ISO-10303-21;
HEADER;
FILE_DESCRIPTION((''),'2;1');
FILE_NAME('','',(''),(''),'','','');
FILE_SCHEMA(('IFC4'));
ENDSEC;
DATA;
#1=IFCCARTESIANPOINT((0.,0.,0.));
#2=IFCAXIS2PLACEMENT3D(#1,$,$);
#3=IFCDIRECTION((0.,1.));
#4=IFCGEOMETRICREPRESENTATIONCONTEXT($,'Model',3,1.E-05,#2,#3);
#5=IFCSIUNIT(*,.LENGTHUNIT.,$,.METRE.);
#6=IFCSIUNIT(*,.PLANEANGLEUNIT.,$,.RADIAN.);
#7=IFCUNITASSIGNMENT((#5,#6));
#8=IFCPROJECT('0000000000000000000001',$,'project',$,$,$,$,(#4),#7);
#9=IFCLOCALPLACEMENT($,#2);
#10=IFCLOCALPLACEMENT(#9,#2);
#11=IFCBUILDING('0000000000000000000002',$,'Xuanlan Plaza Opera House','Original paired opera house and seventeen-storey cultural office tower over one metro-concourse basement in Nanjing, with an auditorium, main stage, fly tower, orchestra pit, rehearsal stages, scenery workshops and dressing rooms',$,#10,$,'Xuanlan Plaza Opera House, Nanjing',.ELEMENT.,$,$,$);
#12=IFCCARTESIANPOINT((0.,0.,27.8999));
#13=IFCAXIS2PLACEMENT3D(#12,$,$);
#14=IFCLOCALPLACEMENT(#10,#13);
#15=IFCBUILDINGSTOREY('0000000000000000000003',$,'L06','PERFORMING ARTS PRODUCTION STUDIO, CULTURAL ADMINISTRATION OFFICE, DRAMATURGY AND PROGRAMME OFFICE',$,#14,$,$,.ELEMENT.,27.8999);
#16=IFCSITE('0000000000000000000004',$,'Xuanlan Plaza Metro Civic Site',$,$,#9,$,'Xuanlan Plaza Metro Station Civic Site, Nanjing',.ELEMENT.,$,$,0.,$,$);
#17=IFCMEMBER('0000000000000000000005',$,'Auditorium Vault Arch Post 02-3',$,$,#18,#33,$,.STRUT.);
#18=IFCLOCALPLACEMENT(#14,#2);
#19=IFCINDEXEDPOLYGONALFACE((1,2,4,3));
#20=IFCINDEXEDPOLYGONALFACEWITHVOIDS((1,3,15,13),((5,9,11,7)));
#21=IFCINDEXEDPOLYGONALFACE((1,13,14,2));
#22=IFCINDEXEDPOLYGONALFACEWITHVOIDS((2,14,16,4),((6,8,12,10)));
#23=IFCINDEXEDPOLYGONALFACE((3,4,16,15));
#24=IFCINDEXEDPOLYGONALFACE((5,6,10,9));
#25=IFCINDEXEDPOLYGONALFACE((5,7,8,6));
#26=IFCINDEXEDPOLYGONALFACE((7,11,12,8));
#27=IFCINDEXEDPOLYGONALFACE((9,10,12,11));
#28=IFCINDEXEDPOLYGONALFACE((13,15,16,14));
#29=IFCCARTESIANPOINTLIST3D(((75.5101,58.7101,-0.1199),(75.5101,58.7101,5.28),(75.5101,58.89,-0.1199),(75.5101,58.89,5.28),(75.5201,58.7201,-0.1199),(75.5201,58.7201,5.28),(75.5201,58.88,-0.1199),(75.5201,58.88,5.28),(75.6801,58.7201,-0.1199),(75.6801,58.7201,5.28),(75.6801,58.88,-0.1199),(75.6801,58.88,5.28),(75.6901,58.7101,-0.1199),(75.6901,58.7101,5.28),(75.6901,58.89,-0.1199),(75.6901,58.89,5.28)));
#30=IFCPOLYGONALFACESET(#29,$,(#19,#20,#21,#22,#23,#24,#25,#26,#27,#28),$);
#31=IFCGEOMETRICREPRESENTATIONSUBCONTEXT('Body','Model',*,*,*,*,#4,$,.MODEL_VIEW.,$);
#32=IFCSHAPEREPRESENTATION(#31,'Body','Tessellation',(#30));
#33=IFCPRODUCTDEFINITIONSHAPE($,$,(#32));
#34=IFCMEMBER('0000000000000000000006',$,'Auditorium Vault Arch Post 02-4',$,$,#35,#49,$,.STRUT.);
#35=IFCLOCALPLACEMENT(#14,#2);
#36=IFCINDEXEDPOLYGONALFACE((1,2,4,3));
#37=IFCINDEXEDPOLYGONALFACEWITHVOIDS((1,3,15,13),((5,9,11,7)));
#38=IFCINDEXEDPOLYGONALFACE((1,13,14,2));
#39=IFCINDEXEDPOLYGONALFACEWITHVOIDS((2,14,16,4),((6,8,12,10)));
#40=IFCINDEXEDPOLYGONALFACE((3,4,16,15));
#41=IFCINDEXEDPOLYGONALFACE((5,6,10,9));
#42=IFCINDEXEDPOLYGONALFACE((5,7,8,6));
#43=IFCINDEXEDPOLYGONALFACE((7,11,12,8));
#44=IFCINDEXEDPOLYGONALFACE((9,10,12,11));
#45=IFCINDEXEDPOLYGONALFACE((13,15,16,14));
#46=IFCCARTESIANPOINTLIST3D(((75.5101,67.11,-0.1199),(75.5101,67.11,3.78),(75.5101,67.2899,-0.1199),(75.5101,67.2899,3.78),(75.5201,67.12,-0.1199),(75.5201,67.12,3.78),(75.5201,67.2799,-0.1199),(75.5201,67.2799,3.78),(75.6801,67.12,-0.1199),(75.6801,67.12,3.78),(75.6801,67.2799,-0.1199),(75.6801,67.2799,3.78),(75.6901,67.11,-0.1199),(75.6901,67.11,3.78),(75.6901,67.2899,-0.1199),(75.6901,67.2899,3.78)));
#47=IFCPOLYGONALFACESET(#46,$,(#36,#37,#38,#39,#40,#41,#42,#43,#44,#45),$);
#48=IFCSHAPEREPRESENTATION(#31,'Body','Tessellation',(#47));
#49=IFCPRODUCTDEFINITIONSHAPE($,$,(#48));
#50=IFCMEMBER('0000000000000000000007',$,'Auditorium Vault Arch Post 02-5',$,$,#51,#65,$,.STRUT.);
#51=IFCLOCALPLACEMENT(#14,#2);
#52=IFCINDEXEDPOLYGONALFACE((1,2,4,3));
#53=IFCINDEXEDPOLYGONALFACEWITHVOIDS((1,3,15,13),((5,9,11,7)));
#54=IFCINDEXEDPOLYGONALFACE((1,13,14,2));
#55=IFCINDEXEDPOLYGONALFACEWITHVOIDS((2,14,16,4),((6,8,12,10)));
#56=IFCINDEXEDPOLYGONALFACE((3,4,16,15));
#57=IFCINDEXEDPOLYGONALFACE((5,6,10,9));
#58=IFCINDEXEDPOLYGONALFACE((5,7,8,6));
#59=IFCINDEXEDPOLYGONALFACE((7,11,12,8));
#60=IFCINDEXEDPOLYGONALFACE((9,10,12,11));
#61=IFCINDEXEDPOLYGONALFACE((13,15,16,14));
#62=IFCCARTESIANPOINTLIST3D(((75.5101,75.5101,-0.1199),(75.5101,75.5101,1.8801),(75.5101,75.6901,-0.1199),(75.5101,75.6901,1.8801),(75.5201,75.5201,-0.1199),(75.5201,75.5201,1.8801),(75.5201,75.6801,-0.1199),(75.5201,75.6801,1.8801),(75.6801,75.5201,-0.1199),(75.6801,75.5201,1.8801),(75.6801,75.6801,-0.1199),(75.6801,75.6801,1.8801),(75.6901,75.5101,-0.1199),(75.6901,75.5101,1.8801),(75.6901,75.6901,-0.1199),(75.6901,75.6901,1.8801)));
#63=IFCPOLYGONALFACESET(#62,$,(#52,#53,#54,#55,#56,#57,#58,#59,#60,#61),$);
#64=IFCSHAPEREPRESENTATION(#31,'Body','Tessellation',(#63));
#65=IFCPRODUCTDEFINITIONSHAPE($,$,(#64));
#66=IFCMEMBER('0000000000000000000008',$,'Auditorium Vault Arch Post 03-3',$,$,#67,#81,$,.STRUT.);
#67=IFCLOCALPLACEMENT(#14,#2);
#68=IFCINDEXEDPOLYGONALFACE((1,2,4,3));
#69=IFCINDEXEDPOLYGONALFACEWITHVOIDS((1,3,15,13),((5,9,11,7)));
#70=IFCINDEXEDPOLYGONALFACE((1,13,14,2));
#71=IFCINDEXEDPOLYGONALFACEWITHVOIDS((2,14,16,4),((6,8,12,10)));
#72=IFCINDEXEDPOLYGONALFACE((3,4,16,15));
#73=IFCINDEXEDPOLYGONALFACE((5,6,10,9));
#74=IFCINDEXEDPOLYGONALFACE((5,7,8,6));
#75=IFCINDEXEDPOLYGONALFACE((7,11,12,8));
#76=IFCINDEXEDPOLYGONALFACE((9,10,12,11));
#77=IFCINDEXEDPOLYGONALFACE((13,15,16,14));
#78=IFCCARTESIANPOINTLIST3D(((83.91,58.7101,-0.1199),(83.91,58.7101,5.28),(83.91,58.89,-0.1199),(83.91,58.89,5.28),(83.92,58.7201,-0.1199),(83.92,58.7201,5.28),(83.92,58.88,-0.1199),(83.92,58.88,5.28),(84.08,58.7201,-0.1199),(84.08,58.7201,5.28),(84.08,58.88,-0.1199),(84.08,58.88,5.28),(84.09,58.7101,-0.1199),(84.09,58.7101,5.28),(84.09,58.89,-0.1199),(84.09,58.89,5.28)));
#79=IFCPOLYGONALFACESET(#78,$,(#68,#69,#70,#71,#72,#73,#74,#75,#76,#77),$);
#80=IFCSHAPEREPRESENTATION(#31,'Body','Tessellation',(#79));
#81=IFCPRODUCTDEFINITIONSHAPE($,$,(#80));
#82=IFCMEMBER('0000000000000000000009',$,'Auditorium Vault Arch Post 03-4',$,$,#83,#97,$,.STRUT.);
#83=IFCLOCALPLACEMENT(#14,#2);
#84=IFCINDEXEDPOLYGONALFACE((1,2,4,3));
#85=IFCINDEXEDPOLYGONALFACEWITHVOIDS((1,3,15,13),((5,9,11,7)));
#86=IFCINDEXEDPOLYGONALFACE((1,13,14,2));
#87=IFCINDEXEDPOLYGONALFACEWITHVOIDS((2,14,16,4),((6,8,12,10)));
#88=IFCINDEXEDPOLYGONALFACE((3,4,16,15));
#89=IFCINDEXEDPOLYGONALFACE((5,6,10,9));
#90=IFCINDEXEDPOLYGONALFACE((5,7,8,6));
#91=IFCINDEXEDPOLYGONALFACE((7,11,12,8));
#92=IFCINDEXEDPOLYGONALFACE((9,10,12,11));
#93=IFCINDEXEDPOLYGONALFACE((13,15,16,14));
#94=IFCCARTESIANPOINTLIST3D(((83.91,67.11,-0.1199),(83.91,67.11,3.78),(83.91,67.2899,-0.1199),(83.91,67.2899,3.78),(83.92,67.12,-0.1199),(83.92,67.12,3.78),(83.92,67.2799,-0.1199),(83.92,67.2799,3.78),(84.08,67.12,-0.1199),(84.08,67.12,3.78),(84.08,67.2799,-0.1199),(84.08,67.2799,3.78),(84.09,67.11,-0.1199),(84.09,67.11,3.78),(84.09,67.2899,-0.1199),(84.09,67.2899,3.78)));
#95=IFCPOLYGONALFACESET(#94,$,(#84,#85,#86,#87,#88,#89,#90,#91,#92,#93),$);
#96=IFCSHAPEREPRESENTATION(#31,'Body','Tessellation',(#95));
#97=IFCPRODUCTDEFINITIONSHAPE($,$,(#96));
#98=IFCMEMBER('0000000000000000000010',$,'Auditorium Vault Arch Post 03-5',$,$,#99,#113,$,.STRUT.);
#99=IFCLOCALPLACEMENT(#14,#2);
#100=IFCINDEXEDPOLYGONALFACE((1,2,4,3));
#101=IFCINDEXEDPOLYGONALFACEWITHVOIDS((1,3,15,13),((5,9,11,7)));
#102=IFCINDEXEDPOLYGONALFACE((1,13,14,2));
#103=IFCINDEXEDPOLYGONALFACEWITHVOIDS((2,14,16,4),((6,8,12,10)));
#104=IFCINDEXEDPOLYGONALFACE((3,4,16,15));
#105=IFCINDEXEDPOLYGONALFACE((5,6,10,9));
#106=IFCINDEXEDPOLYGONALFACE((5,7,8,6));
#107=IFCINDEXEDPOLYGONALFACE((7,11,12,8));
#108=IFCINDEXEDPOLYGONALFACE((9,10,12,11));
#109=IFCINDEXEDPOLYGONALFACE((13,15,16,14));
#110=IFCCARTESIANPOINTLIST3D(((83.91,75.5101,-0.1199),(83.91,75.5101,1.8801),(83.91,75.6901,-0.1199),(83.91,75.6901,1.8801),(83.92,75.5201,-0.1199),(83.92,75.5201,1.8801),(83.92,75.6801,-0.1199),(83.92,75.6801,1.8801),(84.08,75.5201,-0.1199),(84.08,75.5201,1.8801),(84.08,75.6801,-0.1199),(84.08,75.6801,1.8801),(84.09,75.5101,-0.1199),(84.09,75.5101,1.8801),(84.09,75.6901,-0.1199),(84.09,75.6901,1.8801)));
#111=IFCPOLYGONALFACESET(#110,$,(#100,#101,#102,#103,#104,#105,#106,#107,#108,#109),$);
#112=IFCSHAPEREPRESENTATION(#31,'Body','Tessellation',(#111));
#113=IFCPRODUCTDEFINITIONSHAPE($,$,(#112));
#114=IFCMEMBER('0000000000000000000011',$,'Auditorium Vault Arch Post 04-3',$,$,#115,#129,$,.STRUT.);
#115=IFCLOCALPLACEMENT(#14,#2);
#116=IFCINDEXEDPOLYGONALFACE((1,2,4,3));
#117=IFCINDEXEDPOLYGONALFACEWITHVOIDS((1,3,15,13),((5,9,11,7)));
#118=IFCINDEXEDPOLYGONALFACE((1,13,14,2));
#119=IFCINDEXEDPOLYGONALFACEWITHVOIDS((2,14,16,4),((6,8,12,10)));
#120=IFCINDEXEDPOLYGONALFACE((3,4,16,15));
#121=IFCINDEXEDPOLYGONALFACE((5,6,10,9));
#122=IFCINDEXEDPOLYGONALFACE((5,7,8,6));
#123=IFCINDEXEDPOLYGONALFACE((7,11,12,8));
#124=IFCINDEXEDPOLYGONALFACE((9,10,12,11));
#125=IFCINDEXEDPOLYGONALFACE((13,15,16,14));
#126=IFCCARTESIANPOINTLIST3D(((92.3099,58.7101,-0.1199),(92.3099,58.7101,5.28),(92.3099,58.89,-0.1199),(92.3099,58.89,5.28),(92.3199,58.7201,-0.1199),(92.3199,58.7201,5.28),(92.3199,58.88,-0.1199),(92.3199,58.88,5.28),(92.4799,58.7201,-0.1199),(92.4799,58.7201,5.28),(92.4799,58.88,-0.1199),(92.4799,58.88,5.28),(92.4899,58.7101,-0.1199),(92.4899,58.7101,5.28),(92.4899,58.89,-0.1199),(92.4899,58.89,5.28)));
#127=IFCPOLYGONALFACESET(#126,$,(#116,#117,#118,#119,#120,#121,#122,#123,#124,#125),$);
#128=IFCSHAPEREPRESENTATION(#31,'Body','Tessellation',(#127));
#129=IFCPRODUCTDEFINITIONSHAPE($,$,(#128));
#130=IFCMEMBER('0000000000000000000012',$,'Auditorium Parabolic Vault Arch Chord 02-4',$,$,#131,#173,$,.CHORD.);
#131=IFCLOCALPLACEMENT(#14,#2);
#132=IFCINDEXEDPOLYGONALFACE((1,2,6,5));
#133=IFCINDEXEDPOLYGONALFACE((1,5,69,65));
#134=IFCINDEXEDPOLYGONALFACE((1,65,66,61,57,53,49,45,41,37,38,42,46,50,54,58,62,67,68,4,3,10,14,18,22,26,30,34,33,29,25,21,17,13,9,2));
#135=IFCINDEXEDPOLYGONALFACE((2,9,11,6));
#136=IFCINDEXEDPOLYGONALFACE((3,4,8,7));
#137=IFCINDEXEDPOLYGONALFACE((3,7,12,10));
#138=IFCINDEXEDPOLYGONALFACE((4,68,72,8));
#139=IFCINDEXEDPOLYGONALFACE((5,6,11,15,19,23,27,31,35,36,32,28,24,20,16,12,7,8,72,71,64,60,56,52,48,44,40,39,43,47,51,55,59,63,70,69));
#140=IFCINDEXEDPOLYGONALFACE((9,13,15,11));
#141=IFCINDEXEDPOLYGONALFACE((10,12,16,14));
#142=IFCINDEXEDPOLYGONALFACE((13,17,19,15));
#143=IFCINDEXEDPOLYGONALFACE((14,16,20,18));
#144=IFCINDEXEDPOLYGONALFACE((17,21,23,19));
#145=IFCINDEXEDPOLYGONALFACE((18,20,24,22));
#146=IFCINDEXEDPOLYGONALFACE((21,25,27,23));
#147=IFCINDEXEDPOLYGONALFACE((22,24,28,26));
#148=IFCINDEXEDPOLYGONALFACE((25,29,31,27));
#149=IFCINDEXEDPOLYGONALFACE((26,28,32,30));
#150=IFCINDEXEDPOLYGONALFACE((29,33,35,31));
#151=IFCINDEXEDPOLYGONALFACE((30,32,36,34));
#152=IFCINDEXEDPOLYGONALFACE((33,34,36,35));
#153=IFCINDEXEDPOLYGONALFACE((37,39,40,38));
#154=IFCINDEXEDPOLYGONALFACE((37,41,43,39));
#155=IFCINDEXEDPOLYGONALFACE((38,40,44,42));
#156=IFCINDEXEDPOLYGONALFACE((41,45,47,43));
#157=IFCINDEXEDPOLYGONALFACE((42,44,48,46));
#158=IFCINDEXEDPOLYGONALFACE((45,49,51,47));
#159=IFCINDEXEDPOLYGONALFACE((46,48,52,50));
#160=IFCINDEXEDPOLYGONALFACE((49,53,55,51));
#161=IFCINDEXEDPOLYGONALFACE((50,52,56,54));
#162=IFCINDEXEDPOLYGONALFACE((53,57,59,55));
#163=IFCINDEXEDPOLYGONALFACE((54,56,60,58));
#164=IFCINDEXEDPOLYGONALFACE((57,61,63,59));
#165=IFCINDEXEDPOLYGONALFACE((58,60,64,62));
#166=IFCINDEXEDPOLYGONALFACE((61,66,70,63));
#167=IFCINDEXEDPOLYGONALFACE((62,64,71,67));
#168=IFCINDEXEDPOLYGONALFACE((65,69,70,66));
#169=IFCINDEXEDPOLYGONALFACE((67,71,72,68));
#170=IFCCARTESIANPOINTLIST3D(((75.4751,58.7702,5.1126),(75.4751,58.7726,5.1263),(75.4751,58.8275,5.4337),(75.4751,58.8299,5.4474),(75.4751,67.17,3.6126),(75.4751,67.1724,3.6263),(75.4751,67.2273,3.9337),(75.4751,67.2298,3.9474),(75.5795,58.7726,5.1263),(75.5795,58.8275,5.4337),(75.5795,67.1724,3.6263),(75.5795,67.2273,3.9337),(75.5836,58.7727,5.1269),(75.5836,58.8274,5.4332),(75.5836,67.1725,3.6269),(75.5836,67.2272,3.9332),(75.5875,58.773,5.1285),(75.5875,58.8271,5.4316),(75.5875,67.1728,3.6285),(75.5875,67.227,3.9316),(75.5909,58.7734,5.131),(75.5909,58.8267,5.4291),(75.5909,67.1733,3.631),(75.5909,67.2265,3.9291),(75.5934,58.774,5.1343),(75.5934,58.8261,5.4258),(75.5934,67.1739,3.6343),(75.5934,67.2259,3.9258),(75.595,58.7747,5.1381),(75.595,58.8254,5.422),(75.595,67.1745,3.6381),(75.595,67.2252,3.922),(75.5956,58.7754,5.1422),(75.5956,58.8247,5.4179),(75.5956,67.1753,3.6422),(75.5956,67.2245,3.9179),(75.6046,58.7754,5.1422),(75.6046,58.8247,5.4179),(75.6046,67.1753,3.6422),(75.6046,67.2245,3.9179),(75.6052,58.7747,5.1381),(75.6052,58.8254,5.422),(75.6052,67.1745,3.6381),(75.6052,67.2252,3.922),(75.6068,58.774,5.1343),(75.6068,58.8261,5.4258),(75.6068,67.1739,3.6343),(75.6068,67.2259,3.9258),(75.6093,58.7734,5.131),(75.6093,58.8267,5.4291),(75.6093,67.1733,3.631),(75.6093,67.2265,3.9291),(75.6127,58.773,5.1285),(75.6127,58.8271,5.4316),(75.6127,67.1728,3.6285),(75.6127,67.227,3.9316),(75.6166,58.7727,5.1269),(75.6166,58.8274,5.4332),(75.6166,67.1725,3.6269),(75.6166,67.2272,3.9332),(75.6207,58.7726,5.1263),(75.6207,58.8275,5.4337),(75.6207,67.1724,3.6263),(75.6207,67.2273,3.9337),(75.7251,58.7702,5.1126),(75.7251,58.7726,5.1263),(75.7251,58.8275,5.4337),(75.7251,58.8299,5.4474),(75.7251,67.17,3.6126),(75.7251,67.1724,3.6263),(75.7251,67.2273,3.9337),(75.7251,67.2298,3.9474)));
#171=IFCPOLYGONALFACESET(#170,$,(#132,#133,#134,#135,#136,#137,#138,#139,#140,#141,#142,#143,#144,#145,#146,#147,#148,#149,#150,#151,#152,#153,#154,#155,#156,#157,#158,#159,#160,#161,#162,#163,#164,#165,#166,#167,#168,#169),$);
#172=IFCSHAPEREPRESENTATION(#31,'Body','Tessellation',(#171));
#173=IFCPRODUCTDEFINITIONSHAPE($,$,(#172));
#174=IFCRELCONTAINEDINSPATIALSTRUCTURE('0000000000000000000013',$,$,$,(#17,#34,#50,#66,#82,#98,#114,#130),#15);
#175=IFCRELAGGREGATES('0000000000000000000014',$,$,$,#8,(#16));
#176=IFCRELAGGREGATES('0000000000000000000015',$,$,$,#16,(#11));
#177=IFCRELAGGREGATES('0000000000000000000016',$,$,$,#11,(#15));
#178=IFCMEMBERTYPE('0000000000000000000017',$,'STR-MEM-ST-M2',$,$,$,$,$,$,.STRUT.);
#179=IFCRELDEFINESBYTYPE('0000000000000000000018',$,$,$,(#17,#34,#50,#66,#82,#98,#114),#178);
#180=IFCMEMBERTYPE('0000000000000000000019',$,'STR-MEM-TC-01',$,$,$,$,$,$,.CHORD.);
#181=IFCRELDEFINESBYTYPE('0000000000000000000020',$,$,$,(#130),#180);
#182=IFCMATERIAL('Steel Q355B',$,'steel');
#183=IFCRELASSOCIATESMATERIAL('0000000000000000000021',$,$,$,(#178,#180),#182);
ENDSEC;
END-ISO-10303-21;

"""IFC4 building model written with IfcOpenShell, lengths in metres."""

from ifc_helpers import new_model, si_unit, direction, frame, origin, origin_2d, place, context, subcontext, project, spatial, hollow_rectangle, i_section, extrude, material, material_profile, profile_set, type_object, element, save


model = new_model("IFC4")

# Units and contexts
model_context = context("Model", 3, precision=1e-05, world=origin(), true_north=direction((0.0, 1.0)))
body_context = subcontext(model_context, "Body", "Model", "MODEL_VIEW")
ifc_project = project(units=[si_unit("LENGTHUNIT", "METRE"), si_unit("PLANEANGLEUNIT", "RADIAN")], contexts=[model_context])

# Site, building, storey
site_placement = place(None, origin())
site = spatial("IfcSite", under=ifc_project, at=site_placement, Name="Xuanlan Plaza Metro Civic Site", LongName="Xuanlan Plaza Metro Station Civic Site, Nanjing", CompositionType="ELEMENT", RefElevation=0.0)
building_placement = place(site_placement, origin())
building = spatial("IfcBuilding", under=site, at=building_placement, Name="Xuanlan Plaza Opera House", Description="Original paired opera house and seventeen-storey cultural office tower over one metro-concourse basement in Nanjing, with an auditorium, main stage, fly tower, orchestra pit, rehearsal stages, scenery workshops and dressing rooms", LongName="Xuanlan Plaza Opera House, Nanjing", CompositionType="ELEMENT")
storey_placement = place(building_placement, frame((0.0, 0.0, 27.8999)))
storey = spatial("IfcBuildingStorey", under=building, at=storey_placement, Name="L06", Description="PERFORMING ARTS PRODUCTION STUDIO, CULTURAL ADMINISTRATION OFFICE, DRAMATURGY AND PROGRAMME OFFICE", CompositionType="ELEMENT", Elevation=27.8999)

# Members
ifc_material_1 = material(Name="Steel Q355B", Category="steel")
ifc_material_profile_1 = material_profile(ifc_material_1, hollow_rectangle(XDim=0.1799, YDim=0.1799, WallThickness=0.01, at=origin_2d()), Name="SHS 180x180x10")
ifc_profile_set_1 = profile_set([ifc_material_profile_1], Name="Steel Q355B")
member_type_1 = type_object("IfcMemberType", Name="STR-MEM-ST-M2", PredefinedType="STRUT", material=ifc_profile_set_1)
member_1_placement = place(storey_placement, frame((75.6001, 58.8, -0.1199), z_axis=(0.0, 0.0, 1.0), x_axis=(1.0, 0.0, 0.0)))
element("IfcMember", 1, at=member_1_placement, inside=storey, type_object=member_type_1, Name="Auditorium Vault Arch Post 02-3", PredefinedType="STRUT", context=body_context, shape_type="SweptSolid", body=[
    extrude(hollow_rectangle(XDim=0.1799, YDim=0.1799, WallThickness=0.01, at=origin_2d()), origin(), (0.0, 0.0, 1.0), 5.3999),
])
member_2_placement = place(storey_placement, frame((75.6001, 67.2, -0.1199), z_axis=(0.0, 0.0, 1.0), x_axis=(1.0, 0.0, 0.0)))
element("IfcMember", 2, at=member_2_placement, inside=storey, type_object=member_type_1, Name="Auditorium Vault Arch Post 02-4", PredefinedType="STRUT", context=body_context, shape_type="SweptSolid", body=[
    extrude(hollow_rectangle(XDim=0.1799, YDim=0.1799, WallThickness=0.01, at=origin_2d()), origin(), (0.0, 0.0, 1.0), 3.8999),
])
member_3_placement = place(storey_placement, frame((75.6001, 75.6001, -0.1199), z_axis=(0.0, 0.0, 1.0), x_axis=(1.0, 0.0, 0.0)))
element("IfcMember", 3, at=member_3_placement, inside=storey, type_object=member_type_1, Name="Auditorium Vault Arch Post 02-5", PredefinedType="STRUT", context=body_context, shape_type="SweptSolid", body=[
    extrude(hollow_rectangle(XDim=0.1799, YDim=0.1799, WallThickness=0.01, at=origin_2d()), origin(), (0.0, 0.0, 1.0), 2.0),
])
member_4_placement = place(storey_placement, frame((84.0, 58.8, -0.1199), z_axis=(0.0, 0.0, 1.0), x_axis=(1.0, 0.0, 0.0)))
element("IfcMember", 4, at=member_4_placement, inside=storey, type_object=member_type_1, Name="Auditorium Vault Arch Post 03-3", PredefinedType="STRUT", context=body_context, shape_type="SweptSolid", body=[
    extrude(hollow_rectangle(XDim=0.1799, YDim=0.1799, WallThickness=0.01, at=origin_2d()), origin(), (0.0, 0.0, 1.0), 5.3999),
])
member_5_placement = place(storey_placement, frame((84.0, 67.2, -0.1199), z_axis=(0.0, 0.0, 1.0), x_axis=(1.0, 0.0, 0.0)))
element("IfcMember", 5, at=member_5_placement, inside=storey, type_object=member_type_1, Name="Auditorium Vault Arch Post 03-4", PredefinedType="STRUT", context=body_context, shape_type="SweptSolid", body=[
    extrude(hollow_rectangle(XDim=0.1799, YDim=0.1799, WallThickness=0.01, at=origin_2d()), origin(), (0.0, 0.0, 1.0), 3.8999),
])
member_6_placement = place(storey_placement, frame((84.0, 75.6001, -0.1199), z_axis=(0.0, 0.0, 1.0), x_axis=(1.0, 0.0, 0.0)))
element("IfcMember", 6, at=member_6_placement, inside=storey, type_object=member_type_1, Name="Auditorium Vault Arch Post 03-5", PredefinedType="STRUT", context=body_context, shape_type="SweptSolid", body=[
    extrude(hollow_rectangle(XDim=0.1799, YDim=0.1799, WallThickness=0.01, at=origin_2d()), origin(), (0.0, 0.0, 1.0), 2.0),
])
member_7_placement = place(storey_placement, frame((92.3999, 58.8, -0.1199), z_axis=(0.0, 0.0, 1.0), x_axis=(1.0, 0.0, 0.0)))
element("IfcMember", 7, at=member_7_placement, inside=storey, type_object=member_type_1, Name="Auditorium Vault Arch Post 04-3", PredefinedType="STRUT", context=body_context, shape_type="SweptSolid", body=[
    extrude(hollow_rectangle(XDim=0.1799, YDim=0.1799, WallThickness=0.01, at=origin_2d()), origin(), (0.0, 0.0, 1.0), 5.3999),
])
ifc_material_profile_2 = material_profile(ifc_material_1, i_section(OverallWidth=0.25, OverallDepth=0.3401, WebThickness=0.009, FlangeThickness=0.0139, FilletRadius=0.0161, at=origin_2d()), Name="HM 340x250x9x14")
ifc_profile_set_2 = profile_set([ifc_material_profile_2], Name="Steel Q355B")
member_type_2 = type_object("IfcMemberType", Name="STR-MEM-TC-01", PredefinedType="CHORD", material=ifc_profile_set_2)
member_8_placement = place(storey_placement, frame((75.6001, 58.8, 5.28), z_axis=(0.0, 0.984427, -0.175793), x_axis=(-1.0, 0.0, 0.0)))
element("IfcMember", 8, at=member_8_placement, inside=storey, type_object=member_type_2, Name="Auditorium Parabolic Vault Arch Chord 02-4", PredefinedType="CHORD", context=body_context, shape_type="SweptSolid", body=[
    extrude(i_section(OverallWidth=0.25, OverallDepth=0.3401, WebThickness=0.009, FlangeThickness=0.0139, FilletRadius=0.0161, at=origin_2d()), origin(), (0.0, 0.0, 1.0), 8.5327),
])

save(model, "model.ifc")
